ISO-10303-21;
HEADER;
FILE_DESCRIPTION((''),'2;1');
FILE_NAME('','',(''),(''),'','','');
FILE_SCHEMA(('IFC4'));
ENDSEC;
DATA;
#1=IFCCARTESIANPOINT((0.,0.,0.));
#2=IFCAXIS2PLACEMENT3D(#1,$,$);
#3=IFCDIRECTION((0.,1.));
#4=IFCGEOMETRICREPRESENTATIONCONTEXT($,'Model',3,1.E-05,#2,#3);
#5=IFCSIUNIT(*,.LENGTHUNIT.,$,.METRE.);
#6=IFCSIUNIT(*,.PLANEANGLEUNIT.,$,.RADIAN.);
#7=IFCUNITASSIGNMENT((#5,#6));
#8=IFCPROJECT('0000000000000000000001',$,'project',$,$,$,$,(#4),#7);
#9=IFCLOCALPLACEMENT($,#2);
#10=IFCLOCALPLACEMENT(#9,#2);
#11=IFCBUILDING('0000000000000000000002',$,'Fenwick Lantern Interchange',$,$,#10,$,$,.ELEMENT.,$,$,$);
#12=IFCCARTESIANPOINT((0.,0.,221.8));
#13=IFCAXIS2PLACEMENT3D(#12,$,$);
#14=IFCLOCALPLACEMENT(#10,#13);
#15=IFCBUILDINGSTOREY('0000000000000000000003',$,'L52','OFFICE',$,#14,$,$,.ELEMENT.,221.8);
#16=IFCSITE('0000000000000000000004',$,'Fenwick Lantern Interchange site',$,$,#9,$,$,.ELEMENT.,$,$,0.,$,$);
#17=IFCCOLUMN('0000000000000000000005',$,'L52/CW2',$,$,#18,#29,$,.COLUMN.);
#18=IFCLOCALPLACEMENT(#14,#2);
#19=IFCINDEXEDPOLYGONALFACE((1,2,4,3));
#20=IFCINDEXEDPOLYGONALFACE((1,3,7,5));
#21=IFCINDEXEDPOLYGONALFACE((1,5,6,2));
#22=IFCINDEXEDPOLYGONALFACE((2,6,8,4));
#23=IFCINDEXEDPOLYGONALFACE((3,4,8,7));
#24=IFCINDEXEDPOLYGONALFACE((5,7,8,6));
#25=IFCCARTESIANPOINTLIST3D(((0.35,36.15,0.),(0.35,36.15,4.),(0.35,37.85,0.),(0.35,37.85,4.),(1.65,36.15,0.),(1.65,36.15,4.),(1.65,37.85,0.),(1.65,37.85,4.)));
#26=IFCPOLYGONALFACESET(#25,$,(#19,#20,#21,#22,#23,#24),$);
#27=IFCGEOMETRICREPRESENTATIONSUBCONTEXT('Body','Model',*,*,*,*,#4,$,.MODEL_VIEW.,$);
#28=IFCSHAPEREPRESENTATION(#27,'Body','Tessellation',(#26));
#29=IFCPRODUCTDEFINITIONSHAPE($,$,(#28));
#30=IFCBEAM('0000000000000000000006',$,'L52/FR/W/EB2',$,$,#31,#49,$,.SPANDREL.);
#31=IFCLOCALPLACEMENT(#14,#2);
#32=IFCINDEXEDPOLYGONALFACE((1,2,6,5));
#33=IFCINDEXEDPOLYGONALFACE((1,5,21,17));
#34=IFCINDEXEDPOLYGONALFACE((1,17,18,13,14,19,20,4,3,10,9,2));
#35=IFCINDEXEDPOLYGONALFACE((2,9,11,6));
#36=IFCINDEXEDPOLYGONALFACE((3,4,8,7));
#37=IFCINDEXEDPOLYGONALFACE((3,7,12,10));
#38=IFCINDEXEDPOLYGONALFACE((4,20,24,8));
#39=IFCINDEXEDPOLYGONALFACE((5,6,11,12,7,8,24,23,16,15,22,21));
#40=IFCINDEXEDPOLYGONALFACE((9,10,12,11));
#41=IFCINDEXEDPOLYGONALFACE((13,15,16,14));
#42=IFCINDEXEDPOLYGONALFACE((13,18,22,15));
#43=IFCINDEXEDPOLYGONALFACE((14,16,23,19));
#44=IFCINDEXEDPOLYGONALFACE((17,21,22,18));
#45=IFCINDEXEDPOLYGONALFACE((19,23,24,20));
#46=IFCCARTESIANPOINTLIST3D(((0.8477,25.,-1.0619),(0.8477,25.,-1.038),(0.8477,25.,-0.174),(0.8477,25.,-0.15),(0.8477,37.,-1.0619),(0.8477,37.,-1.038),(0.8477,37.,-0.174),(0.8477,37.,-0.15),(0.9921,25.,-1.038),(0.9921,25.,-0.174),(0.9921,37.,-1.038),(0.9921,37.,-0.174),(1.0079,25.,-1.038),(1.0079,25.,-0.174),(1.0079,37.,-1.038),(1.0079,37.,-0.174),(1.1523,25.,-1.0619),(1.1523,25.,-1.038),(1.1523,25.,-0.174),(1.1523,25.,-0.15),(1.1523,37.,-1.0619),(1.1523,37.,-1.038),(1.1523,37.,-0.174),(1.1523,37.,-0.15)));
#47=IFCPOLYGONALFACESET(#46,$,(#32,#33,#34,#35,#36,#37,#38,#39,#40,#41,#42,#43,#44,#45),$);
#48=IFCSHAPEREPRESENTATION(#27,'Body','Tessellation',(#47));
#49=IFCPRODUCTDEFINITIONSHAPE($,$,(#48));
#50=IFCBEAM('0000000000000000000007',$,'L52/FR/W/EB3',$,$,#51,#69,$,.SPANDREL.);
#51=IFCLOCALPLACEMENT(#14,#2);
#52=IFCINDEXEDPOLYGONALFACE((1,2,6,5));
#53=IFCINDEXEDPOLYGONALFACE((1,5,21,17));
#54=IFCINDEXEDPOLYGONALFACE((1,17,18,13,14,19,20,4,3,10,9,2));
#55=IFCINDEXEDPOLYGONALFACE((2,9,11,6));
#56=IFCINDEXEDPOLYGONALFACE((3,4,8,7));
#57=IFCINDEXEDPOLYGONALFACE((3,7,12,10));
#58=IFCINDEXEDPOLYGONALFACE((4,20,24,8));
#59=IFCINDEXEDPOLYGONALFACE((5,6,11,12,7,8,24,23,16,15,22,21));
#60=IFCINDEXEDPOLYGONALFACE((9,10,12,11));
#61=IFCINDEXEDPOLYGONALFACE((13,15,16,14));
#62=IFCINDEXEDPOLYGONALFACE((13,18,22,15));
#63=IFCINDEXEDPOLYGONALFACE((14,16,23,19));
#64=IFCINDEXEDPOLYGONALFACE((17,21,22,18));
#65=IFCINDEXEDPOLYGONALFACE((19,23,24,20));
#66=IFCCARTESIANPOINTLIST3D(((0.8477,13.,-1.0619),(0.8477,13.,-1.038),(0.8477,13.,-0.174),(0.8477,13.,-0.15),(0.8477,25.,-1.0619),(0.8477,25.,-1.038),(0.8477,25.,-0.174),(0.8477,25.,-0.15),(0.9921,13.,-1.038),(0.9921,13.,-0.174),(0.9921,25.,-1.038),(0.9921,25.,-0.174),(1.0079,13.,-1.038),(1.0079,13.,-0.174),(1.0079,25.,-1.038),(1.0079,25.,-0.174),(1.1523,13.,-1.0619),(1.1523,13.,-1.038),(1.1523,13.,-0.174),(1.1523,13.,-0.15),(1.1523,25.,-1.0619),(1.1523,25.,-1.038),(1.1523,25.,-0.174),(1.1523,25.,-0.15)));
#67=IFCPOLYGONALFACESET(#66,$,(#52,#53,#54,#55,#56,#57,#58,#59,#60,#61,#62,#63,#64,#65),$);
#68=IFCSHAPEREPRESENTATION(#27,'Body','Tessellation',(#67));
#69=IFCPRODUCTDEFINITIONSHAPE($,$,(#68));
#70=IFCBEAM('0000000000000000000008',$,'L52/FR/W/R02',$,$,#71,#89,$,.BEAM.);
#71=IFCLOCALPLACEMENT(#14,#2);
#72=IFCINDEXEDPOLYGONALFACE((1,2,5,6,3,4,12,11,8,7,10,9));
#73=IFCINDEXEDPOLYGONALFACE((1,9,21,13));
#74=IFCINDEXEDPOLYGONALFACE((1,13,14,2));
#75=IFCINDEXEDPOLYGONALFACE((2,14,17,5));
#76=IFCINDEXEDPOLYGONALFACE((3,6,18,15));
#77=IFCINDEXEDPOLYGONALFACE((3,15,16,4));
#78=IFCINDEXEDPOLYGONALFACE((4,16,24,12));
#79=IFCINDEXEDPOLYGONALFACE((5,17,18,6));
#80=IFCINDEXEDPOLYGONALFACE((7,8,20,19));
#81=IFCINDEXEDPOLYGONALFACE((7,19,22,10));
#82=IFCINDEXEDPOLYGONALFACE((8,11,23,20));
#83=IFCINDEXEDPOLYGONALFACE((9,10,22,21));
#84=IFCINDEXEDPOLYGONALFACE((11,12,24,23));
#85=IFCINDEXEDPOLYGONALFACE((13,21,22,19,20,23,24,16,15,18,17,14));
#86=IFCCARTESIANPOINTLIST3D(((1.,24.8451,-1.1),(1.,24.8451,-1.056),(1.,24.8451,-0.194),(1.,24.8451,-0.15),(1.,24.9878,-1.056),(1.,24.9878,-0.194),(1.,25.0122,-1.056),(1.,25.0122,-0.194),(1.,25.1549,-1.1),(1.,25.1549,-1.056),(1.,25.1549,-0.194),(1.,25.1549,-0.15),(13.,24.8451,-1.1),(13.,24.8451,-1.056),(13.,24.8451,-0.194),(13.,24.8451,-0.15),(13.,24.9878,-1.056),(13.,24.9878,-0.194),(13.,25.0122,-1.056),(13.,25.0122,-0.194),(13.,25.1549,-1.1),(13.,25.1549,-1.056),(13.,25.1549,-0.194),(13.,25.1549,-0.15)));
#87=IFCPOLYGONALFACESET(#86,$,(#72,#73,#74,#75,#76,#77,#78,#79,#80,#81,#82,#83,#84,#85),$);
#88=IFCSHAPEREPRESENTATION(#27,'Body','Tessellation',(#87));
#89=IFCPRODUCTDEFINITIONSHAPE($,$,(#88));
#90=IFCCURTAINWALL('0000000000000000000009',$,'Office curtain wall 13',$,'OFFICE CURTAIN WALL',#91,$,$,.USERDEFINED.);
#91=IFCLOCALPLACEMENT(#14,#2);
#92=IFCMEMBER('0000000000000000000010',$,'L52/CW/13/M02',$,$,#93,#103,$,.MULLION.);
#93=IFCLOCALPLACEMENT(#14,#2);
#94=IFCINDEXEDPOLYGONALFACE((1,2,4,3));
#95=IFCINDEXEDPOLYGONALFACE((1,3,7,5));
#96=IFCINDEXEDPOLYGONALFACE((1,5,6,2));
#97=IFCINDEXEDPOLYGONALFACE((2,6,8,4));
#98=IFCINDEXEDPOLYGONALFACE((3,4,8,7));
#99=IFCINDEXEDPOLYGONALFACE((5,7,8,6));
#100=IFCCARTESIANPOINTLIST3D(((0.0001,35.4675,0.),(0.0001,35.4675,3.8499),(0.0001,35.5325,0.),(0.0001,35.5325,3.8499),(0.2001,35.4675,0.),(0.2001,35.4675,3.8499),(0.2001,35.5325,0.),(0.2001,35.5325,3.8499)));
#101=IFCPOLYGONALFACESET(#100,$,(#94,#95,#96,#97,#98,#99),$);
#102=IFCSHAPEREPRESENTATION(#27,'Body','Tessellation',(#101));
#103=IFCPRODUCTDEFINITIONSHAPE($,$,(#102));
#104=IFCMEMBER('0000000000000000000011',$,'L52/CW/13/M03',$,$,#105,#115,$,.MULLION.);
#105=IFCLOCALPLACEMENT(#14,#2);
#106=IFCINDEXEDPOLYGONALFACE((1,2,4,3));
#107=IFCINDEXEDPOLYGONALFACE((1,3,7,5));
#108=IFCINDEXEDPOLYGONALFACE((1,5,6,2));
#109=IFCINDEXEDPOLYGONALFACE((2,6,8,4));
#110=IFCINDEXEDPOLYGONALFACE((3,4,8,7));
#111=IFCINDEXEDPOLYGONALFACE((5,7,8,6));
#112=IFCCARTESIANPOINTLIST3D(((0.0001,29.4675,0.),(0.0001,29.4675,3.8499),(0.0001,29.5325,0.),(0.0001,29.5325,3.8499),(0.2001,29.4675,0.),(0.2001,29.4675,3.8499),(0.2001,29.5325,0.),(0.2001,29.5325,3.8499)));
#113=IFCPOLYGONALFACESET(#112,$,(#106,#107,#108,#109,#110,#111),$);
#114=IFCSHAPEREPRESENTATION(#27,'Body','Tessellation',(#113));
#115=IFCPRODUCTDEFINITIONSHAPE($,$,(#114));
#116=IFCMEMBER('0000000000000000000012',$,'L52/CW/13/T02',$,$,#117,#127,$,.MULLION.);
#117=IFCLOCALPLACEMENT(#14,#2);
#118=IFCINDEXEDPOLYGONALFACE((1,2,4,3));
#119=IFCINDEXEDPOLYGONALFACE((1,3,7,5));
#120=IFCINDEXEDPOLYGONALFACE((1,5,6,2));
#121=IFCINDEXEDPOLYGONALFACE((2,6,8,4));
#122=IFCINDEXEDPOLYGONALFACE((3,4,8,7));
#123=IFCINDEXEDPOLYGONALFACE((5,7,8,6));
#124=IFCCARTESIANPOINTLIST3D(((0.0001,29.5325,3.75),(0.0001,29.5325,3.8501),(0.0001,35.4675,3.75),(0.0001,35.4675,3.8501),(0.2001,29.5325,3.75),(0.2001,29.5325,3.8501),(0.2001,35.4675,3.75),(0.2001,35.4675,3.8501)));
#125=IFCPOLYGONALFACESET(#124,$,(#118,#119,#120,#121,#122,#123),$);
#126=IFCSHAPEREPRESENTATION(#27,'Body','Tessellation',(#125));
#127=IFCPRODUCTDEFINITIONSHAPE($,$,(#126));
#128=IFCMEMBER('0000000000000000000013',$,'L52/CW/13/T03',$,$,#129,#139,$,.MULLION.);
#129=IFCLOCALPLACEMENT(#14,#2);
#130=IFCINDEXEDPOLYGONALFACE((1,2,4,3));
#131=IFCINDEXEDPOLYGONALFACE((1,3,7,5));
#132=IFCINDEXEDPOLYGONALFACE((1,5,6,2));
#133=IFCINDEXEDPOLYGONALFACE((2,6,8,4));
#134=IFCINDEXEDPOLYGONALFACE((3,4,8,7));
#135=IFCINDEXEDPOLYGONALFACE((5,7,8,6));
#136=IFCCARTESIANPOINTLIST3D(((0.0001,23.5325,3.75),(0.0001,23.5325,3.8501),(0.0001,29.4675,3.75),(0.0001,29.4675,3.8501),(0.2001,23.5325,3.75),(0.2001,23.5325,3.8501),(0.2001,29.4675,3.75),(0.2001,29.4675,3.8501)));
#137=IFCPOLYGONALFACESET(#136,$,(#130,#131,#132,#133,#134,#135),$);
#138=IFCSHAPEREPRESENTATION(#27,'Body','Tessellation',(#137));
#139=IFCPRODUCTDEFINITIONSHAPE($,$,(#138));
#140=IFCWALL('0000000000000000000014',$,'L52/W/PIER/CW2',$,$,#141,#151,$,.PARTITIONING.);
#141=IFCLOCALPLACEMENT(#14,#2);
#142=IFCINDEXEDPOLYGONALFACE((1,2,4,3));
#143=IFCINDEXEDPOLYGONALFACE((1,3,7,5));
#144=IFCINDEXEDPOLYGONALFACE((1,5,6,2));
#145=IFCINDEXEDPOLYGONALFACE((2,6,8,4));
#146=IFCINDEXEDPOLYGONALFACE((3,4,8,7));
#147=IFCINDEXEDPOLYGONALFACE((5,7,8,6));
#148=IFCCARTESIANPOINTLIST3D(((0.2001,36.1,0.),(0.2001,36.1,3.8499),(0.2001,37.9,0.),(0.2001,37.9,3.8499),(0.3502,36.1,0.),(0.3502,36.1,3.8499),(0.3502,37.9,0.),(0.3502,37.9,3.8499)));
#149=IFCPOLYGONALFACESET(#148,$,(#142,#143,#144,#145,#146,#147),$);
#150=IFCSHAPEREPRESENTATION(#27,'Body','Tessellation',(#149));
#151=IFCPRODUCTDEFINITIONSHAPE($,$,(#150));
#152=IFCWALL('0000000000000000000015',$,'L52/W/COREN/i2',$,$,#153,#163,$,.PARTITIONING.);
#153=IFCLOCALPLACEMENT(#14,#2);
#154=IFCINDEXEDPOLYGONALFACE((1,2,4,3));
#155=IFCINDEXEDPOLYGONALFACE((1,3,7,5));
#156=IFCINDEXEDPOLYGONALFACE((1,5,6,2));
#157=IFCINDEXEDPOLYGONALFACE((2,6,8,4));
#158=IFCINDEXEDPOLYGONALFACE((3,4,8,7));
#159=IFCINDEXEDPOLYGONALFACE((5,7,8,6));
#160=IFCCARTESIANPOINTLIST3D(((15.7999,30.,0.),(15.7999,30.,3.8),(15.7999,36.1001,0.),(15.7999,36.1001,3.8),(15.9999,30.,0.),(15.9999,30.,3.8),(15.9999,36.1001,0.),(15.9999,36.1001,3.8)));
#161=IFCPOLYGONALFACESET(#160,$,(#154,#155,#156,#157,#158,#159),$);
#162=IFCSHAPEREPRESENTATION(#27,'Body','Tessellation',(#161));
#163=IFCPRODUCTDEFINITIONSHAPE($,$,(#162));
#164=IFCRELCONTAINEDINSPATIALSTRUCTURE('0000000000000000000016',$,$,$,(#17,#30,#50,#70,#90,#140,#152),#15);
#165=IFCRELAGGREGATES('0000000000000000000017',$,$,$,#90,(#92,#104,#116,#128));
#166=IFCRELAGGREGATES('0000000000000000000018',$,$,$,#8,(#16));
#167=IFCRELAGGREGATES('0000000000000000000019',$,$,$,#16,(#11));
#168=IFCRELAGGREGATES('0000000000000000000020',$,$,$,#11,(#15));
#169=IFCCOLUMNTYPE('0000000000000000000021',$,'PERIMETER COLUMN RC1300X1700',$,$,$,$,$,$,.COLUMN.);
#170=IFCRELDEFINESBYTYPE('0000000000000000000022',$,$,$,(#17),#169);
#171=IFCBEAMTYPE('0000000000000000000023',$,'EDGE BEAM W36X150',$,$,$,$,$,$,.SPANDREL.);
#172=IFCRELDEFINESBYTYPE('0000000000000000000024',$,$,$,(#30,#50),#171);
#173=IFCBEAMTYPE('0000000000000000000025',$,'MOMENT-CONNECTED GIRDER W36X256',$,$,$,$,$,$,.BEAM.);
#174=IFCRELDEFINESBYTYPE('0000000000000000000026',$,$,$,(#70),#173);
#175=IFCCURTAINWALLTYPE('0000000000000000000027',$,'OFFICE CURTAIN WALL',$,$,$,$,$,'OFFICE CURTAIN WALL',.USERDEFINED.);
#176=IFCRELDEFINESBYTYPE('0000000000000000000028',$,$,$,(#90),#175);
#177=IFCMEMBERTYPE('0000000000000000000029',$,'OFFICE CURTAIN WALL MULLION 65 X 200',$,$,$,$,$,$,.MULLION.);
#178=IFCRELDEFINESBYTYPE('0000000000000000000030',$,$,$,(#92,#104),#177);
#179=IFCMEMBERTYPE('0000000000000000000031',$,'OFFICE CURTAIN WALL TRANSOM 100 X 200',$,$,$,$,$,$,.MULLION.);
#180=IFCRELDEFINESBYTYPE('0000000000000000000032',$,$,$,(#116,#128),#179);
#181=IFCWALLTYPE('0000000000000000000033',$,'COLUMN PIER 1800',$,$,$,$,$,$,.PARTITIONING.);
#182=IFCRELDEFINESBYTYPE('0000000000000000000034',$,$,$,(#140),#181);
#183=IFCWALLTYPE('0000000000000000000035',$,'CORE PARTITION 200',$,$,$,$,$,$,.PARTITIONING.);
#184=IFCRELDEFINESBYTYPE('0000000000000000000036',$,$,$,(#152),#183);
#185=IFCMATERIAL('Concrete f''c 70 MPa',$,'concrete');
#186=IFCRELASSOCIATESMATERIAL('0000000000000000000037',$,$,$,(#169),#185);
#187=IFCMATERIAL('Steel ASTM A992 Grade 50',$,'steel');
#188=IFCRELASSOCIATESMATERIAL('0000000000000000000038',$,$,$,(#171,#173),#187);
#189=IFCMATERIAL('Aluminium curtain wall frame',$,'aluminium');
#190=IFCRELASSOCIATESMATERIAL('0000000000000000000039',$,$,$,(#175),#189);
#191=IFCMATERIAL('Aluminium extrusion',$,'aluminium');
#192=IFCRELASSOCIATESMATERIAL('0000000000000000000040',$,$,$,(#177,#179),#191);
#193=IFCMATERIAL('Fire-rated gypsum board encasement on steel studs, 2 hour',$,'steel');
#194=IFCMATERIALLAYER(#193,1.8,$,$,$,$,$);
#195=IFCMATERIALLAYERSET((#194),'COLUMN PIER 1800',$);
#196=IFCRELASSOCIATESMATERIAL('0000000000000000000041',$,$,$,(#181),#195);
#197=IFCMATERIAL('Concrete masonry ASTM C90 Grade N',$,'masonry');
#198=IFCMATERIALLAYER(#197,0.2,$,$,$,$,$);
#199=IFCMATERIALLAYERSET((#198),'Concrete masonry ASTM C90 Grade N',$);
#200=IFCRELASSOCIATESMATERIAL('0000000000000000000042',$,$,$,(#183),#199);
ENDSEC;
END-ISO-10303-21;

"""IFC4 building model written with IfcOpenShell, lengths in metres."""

from ifc_helpers import new_model, si_unit, direction, frame, frame_2d, origin, origin_2d, place, context, subcontext, project, spatial, rectangle, i_section, extrude, material, layer, layer_set, material_profile, profile_set, type_object, element, aggregate, save


model = new_model("IFC4")

# Units and contexts
model_context = context("Model", 3, precision=1e-05, world=origin(), true_north=direction((0.0, 1.0)))
body_context = subcontext(model_context, "Body", "Model", "MODEL_VIEW")
ifc_project = project(units=[si_unit("LENGTHUNIT", "METRE"), si_unit("PLANEANGLEUNIT", "RADIAN")], contexts=[model_context])

# Site, building, storey
site_placement = place(None, origin())
site = spatial("IfcSite", under=ifc_project, at=site_placement, Name="Fenwick Lantern Interchange site", CompositionType="ELEMENT", RefElevation=0.0)
building_placement = place(site_placement, origin())
building = spatial("IfcBuilding", under=site, at=building_placement, Name="Fenwick Lantern Interchange", CompositionType="ELEMENT")
storey_placement = place(building_placement, frame((0.0, 0.0, 221.8)))
storey = spatial("IfcBuildingStorey", under=building, at=storey_placement, Name="L52", Description="OFFICE", CompositionType="ELEMENT", Elevation=221.8)

# Column
ifc_material_1 = material(Name="Concrete f'c 70 MPa", Category="concrete")
ifc_material_profile_1 = material_profile(ifc_material_1, rectangle(XDim=1.3, YDim=1.7, at=origin_2d()), Name="RC1300X1700")
ifc_profile_set_1 = profile_set([ifc_material_profile_1], Name="Concrete f'c 70 MPa")
column_type = type_object("IfcColumnType", Name="PERIMETER COLUMN RC1300X1700", PredefinedType="COLUMN", material=ifc_profile_set_1)
column_placement = place(storey_placement, frame((1.0, 37.0, 0.0), z_axis=(0.0, 0.0, 1.0), x_axis=(1.0, 0.0, 0.0)))
element("IfcColumn", 1, at=column_placement, inside=storey, type_object=column_type, Name="L52/CW2", PredefinedType="COLUMN", context=body_context, shape_type="SweptSolid", body=[
    extrude(rectangle(XDim=1.3, YDim=1.7, at=origin_2d()), origin(), (0.0, 0.0, 1.0), 4.0),
])

# Beams
ifc_material_2 = material(Name="Steel ASTM A992 Grade 50", Category="steel")
ifc_material_profile_2 = material_profile(ifc_material_2, i_section(OverallWidth=0.3047, OverallDepth=0.9119, WebThickness=0.0159, FlangeThickness=0.0239, at=origin_2d()), Name="W36X150")
ifc_profile_set_2 = profile_set([ifc_material_profile_2], Name="Steel ASTM A992 Grade 50")
beam_type_1 = type_object("IfcBeamType", Name="EDGE BEAM W36X150", PredefinedType="SPANDREL", material=ifc_profile_set_2)
for number, where, z_axis, x_axis, name in (
    (2, (1.0, 37.0, -0.606), (0.0, -1.0, 0.0), (1.0, 0.0, 0.0), "L52/FR/W/EB2"),
    (3, (1.0, 25.0, -0.606), (0.0, -1.0, 0.0), (1.0, 0.0, 0.0), "L52/FR/W/EB3"),
):
    element("IfcBeam", number, at=place(storey_placement, frame(where, z_axis=z_axis, x_axis=x_axis)), inside=storey, type_object=beam_type_1, Name=name, PredefinedType="SPANDREL", context=body_context, shape_type="SweptSolid", body=[
        extrude(i_section(OverallWidth=0.3047, OverallDepth=0.9119, WebThickness=0.0159, FlangeThickness=0.0239, at=origin_2d()), origin(), (0.0, 0.0, 1.0), 12.0),
    ])
ifc_material_profile_3 = material_profile(ifc_material_2, i_section(OverallWidth=0.3098, OverallDepth=0.95, WebThickness=0.0244, FlangeThickness=0.0439, at=origin_2d()), Name="W36X256")
ifc_profile_set_3 = profile_set([ifc_material_profile_3], Name="Steel ASTM A992 Grade 50")
beam_type_2 = type_object("IfcBeamType", Name="MOMENT-CONNECTED GIRDER W36X256", PredefinedType="BEAM", material=ifc_profile_set_3)
beam_placement = place(storey_placement, frame((1.0, 25.0, -0.625), z_axis=(1.0, 0.0, 0.0), x_axis=(0.0, 1.0, 0.0)))
element("IfcBeam", 4, at=beam_placement, inside=storey, type_object=beam_type_2, Name="L52/FR/W/R02", PredefinedType="BEAM", context=body_context, shape_type="SweptSolid", body=[
    extrude(i_section(OverallWidth=0.3098, OverallDepth=0.95, WebThickness=0.0244, FlangeThickness=0.0439, at=origin_2d()), origin(), (0.0, 0.0, 1.0), 12.0),
])

# Curtain wall, members
ifc_material_3 = material(Name="Aluminium curtain wall frame", Category="aluminium")
curtain_wall_type = type_object("IfcCurtainWallType", Name="OFFICE CURTAIN WALL", ElementType="OFFICE CURTAIN WALL", PredefinedType="USERDEFINED", material=ifc_material_3)
curtain_wall_placement = place(storey_placement, origin())
curtain_wall = element("IfcCurtainWall", 5, at=curtain_wall_placement, inside=storey, type_object=curtain_wall_type, Name="Office curtain wall 13", ObjectType="OFFICE CURTAIN WALL", PredefinedType="USERDEFINED")
ifc_material_4 = material(Name="Aluminium extrusion", Category="aluminium")
ifc_material_profile_4 = material_profile(ifc_material_4, rectangle(XDim=0.2, YDim=0.0649, at=origin_2d()), Name="OFFICE CURTAIN WALL MULLION 65 X 200")
ifc_profile_set_4 = profile_set([ifc_material_profile_4], Name="Aluminium extrusion")
member_type_1 = type_object("IfcMemberType", Name="OFFICE CURTAIN WALL MULLION 65 X 200", PredefinedType="MULLION", material=ifc_profile_set_4)
member_1_placement = place(storey_placement, frame((0.1001, 35.5, 0.0), z_axis=(0.0, 0.0, 1.0), x_axis=(1.0, 0.0, 0.0)))
member_1 = element("IfcMember", 6, at=member_1_placement, type_object=member_type_1, Name="L52/CW/13/M02", PredefinedType="MULLION", context=body_context, shape_type="SweptSolid", body=[
    extrude(rectangle(XDim=0.2, YDim=0.0649, at=origin_2d()), origin(), (0.0, 0.0, 1.0), 3.8499),
])
member_2_placement = place(storey_placement, frame((0.1001, 29.5, 0.0), z_axis=(0.0, 0.0, 1.0), x_axis=(1.0, 0.0, 0.0)))
member_2 = element("IfcMember", 7, at=member_2_placement, type_object=member_type_1, Name="L52/CW/13/M03", PredefinedType="MULLION", context=body_context, shape_type="SweptSolid", body=[
    extrude(rectangle(XDim=0.2, YDim=0.0649, at=origin_2d()), origin(), (0.0, 0.0, 1.0), 3.8499),
])
ifc_material_profile_5 = material_profile(ifc_material_4, rectangle(XDim=0.2, YDim=0.1001, at=origin_2d()), Name="OFFICE CURTAIN WALL TRANSOM 100 X 200")
ifc_profile_set_5 = profile_set([ifc_material_profile_5], Name="Aluminium extrusion")
member_type_2 = type_object("IfcMemberType", Name="OFFICE CURTAIN WALL TRANSOM 100 X 200", PredefinedType="MULLION", material=ifc_profile_set_5)
member_3_placement = place(storey_placement, frame((0.1001, 35.4675, 3.8), z_axis=(0.0, -1.0, 0.0), x_axis=(1.0, 0.0, 0.0)))
member_3 = element("IfcMember", 8, at=member_3_placement, type_object=member_type_2, Name="L52/CW/13/T02", PredefinedType="MULLION", context=body_context, shape_type="SweptSolid", body=[
    extrude(rectangle(XDim=0.2, YDim=0.1001, at=origin_2d()), origin(), (0.0, 0.0, 1.0), 5.9351),
])
member_4_placement = place(storey_placement, frame((0.1001, 29.4675, 3.8), z_axis=(0.0, -1.0, 0.0), x_axis=(1.0, 0.0, 0.0)))
member_4 = element("IfcMember", 9, at=member_4_placement, type_object=member_type_2, Name="L52/CW/13/T03", PredefinedType="MULLION", context=body_context, shape_type="SweptSolid", body=[
    extrude(rectangle(XDim=0.2, YDim=0.1001, at=origin_2d()), origin(), (0.0, 0.0, 1.0), 5.9351),
])
aggregate(curtain_wall, [member_1, member_2, member_3, member_4])

# Walls
ifc_material_5 = material(Name="Fire-rated gypsum board encasement on steel studs, 2 hour", Category="steel")
ifc_layer_1 = layer(ifc_material_5, 1.8)
ifc_layer_set_1 = layer_set([ifc_layer_1], Name="COLUMN PIER 1800")
wall_type_1 = type_object("IfcWallType", Name="COLUMN PIER 1800", PredefinedType="PARTITIONING", material=ifc_layer_set_1)
wall_1_placement = place(storey_placement, frame((0.2, 37.0, 0.0), z_axis=(0.0, 0.0, 1.0), x_axis=(1.0, 0.0, 0.0)))
element("IfcWall", 10, at=wall_1_placement, inside=storey, type_object=wall_type_1, Name="L52/W/PIER/CW2", PredefinedType="PARTITIONING", context=body_context, shape_type="SweptSolid", body=[
    extrude(rectangle(XDim=0.1501, YDim=1.8, at=frame_2d((0.0752, 0.0))), origin(), (0.0, 0.0, 1.0), 3.8499),
])
ifc_material_6 = material(Name="Concrete masonry ASTM C90 Grade N", Category="masonry")
ifc_layer_2 = layer(ifc_material_6, 0.2)
ifc_layer_set_2 = layer_set([ifc_layer_2], Name="Concrete masonry ASTM C90 Grade N")
wall_type_2 = type_object("IfcWallType", Name="CORE PARTITION 200", PredefinedType="PARTITIONING", material=ifc_layer_set_2)
wall_2_placement = place(storey_placement, frame((15.8999, 36.1001, 0.0), z_axis=(0.0, 0.0, 1.0), x_axis=(0.0, -1.0, 0.0)))
element("IfcWall", 11, at=wall_2_placement, inside=storey, type_object=wall_type_2, Name="L52/W/COREN/i2", PredefinedType="PARTITIONING", context=body_context, shape_type="SweptSolid", body=[
    extrude(rectangle(XDim=6.1001, YDim=0.2, at=frame_2d((3.05, 0.0))), origin(), (0.0, 0.0, 1.0), 3.8),
])

save(model, "model.ifc")
